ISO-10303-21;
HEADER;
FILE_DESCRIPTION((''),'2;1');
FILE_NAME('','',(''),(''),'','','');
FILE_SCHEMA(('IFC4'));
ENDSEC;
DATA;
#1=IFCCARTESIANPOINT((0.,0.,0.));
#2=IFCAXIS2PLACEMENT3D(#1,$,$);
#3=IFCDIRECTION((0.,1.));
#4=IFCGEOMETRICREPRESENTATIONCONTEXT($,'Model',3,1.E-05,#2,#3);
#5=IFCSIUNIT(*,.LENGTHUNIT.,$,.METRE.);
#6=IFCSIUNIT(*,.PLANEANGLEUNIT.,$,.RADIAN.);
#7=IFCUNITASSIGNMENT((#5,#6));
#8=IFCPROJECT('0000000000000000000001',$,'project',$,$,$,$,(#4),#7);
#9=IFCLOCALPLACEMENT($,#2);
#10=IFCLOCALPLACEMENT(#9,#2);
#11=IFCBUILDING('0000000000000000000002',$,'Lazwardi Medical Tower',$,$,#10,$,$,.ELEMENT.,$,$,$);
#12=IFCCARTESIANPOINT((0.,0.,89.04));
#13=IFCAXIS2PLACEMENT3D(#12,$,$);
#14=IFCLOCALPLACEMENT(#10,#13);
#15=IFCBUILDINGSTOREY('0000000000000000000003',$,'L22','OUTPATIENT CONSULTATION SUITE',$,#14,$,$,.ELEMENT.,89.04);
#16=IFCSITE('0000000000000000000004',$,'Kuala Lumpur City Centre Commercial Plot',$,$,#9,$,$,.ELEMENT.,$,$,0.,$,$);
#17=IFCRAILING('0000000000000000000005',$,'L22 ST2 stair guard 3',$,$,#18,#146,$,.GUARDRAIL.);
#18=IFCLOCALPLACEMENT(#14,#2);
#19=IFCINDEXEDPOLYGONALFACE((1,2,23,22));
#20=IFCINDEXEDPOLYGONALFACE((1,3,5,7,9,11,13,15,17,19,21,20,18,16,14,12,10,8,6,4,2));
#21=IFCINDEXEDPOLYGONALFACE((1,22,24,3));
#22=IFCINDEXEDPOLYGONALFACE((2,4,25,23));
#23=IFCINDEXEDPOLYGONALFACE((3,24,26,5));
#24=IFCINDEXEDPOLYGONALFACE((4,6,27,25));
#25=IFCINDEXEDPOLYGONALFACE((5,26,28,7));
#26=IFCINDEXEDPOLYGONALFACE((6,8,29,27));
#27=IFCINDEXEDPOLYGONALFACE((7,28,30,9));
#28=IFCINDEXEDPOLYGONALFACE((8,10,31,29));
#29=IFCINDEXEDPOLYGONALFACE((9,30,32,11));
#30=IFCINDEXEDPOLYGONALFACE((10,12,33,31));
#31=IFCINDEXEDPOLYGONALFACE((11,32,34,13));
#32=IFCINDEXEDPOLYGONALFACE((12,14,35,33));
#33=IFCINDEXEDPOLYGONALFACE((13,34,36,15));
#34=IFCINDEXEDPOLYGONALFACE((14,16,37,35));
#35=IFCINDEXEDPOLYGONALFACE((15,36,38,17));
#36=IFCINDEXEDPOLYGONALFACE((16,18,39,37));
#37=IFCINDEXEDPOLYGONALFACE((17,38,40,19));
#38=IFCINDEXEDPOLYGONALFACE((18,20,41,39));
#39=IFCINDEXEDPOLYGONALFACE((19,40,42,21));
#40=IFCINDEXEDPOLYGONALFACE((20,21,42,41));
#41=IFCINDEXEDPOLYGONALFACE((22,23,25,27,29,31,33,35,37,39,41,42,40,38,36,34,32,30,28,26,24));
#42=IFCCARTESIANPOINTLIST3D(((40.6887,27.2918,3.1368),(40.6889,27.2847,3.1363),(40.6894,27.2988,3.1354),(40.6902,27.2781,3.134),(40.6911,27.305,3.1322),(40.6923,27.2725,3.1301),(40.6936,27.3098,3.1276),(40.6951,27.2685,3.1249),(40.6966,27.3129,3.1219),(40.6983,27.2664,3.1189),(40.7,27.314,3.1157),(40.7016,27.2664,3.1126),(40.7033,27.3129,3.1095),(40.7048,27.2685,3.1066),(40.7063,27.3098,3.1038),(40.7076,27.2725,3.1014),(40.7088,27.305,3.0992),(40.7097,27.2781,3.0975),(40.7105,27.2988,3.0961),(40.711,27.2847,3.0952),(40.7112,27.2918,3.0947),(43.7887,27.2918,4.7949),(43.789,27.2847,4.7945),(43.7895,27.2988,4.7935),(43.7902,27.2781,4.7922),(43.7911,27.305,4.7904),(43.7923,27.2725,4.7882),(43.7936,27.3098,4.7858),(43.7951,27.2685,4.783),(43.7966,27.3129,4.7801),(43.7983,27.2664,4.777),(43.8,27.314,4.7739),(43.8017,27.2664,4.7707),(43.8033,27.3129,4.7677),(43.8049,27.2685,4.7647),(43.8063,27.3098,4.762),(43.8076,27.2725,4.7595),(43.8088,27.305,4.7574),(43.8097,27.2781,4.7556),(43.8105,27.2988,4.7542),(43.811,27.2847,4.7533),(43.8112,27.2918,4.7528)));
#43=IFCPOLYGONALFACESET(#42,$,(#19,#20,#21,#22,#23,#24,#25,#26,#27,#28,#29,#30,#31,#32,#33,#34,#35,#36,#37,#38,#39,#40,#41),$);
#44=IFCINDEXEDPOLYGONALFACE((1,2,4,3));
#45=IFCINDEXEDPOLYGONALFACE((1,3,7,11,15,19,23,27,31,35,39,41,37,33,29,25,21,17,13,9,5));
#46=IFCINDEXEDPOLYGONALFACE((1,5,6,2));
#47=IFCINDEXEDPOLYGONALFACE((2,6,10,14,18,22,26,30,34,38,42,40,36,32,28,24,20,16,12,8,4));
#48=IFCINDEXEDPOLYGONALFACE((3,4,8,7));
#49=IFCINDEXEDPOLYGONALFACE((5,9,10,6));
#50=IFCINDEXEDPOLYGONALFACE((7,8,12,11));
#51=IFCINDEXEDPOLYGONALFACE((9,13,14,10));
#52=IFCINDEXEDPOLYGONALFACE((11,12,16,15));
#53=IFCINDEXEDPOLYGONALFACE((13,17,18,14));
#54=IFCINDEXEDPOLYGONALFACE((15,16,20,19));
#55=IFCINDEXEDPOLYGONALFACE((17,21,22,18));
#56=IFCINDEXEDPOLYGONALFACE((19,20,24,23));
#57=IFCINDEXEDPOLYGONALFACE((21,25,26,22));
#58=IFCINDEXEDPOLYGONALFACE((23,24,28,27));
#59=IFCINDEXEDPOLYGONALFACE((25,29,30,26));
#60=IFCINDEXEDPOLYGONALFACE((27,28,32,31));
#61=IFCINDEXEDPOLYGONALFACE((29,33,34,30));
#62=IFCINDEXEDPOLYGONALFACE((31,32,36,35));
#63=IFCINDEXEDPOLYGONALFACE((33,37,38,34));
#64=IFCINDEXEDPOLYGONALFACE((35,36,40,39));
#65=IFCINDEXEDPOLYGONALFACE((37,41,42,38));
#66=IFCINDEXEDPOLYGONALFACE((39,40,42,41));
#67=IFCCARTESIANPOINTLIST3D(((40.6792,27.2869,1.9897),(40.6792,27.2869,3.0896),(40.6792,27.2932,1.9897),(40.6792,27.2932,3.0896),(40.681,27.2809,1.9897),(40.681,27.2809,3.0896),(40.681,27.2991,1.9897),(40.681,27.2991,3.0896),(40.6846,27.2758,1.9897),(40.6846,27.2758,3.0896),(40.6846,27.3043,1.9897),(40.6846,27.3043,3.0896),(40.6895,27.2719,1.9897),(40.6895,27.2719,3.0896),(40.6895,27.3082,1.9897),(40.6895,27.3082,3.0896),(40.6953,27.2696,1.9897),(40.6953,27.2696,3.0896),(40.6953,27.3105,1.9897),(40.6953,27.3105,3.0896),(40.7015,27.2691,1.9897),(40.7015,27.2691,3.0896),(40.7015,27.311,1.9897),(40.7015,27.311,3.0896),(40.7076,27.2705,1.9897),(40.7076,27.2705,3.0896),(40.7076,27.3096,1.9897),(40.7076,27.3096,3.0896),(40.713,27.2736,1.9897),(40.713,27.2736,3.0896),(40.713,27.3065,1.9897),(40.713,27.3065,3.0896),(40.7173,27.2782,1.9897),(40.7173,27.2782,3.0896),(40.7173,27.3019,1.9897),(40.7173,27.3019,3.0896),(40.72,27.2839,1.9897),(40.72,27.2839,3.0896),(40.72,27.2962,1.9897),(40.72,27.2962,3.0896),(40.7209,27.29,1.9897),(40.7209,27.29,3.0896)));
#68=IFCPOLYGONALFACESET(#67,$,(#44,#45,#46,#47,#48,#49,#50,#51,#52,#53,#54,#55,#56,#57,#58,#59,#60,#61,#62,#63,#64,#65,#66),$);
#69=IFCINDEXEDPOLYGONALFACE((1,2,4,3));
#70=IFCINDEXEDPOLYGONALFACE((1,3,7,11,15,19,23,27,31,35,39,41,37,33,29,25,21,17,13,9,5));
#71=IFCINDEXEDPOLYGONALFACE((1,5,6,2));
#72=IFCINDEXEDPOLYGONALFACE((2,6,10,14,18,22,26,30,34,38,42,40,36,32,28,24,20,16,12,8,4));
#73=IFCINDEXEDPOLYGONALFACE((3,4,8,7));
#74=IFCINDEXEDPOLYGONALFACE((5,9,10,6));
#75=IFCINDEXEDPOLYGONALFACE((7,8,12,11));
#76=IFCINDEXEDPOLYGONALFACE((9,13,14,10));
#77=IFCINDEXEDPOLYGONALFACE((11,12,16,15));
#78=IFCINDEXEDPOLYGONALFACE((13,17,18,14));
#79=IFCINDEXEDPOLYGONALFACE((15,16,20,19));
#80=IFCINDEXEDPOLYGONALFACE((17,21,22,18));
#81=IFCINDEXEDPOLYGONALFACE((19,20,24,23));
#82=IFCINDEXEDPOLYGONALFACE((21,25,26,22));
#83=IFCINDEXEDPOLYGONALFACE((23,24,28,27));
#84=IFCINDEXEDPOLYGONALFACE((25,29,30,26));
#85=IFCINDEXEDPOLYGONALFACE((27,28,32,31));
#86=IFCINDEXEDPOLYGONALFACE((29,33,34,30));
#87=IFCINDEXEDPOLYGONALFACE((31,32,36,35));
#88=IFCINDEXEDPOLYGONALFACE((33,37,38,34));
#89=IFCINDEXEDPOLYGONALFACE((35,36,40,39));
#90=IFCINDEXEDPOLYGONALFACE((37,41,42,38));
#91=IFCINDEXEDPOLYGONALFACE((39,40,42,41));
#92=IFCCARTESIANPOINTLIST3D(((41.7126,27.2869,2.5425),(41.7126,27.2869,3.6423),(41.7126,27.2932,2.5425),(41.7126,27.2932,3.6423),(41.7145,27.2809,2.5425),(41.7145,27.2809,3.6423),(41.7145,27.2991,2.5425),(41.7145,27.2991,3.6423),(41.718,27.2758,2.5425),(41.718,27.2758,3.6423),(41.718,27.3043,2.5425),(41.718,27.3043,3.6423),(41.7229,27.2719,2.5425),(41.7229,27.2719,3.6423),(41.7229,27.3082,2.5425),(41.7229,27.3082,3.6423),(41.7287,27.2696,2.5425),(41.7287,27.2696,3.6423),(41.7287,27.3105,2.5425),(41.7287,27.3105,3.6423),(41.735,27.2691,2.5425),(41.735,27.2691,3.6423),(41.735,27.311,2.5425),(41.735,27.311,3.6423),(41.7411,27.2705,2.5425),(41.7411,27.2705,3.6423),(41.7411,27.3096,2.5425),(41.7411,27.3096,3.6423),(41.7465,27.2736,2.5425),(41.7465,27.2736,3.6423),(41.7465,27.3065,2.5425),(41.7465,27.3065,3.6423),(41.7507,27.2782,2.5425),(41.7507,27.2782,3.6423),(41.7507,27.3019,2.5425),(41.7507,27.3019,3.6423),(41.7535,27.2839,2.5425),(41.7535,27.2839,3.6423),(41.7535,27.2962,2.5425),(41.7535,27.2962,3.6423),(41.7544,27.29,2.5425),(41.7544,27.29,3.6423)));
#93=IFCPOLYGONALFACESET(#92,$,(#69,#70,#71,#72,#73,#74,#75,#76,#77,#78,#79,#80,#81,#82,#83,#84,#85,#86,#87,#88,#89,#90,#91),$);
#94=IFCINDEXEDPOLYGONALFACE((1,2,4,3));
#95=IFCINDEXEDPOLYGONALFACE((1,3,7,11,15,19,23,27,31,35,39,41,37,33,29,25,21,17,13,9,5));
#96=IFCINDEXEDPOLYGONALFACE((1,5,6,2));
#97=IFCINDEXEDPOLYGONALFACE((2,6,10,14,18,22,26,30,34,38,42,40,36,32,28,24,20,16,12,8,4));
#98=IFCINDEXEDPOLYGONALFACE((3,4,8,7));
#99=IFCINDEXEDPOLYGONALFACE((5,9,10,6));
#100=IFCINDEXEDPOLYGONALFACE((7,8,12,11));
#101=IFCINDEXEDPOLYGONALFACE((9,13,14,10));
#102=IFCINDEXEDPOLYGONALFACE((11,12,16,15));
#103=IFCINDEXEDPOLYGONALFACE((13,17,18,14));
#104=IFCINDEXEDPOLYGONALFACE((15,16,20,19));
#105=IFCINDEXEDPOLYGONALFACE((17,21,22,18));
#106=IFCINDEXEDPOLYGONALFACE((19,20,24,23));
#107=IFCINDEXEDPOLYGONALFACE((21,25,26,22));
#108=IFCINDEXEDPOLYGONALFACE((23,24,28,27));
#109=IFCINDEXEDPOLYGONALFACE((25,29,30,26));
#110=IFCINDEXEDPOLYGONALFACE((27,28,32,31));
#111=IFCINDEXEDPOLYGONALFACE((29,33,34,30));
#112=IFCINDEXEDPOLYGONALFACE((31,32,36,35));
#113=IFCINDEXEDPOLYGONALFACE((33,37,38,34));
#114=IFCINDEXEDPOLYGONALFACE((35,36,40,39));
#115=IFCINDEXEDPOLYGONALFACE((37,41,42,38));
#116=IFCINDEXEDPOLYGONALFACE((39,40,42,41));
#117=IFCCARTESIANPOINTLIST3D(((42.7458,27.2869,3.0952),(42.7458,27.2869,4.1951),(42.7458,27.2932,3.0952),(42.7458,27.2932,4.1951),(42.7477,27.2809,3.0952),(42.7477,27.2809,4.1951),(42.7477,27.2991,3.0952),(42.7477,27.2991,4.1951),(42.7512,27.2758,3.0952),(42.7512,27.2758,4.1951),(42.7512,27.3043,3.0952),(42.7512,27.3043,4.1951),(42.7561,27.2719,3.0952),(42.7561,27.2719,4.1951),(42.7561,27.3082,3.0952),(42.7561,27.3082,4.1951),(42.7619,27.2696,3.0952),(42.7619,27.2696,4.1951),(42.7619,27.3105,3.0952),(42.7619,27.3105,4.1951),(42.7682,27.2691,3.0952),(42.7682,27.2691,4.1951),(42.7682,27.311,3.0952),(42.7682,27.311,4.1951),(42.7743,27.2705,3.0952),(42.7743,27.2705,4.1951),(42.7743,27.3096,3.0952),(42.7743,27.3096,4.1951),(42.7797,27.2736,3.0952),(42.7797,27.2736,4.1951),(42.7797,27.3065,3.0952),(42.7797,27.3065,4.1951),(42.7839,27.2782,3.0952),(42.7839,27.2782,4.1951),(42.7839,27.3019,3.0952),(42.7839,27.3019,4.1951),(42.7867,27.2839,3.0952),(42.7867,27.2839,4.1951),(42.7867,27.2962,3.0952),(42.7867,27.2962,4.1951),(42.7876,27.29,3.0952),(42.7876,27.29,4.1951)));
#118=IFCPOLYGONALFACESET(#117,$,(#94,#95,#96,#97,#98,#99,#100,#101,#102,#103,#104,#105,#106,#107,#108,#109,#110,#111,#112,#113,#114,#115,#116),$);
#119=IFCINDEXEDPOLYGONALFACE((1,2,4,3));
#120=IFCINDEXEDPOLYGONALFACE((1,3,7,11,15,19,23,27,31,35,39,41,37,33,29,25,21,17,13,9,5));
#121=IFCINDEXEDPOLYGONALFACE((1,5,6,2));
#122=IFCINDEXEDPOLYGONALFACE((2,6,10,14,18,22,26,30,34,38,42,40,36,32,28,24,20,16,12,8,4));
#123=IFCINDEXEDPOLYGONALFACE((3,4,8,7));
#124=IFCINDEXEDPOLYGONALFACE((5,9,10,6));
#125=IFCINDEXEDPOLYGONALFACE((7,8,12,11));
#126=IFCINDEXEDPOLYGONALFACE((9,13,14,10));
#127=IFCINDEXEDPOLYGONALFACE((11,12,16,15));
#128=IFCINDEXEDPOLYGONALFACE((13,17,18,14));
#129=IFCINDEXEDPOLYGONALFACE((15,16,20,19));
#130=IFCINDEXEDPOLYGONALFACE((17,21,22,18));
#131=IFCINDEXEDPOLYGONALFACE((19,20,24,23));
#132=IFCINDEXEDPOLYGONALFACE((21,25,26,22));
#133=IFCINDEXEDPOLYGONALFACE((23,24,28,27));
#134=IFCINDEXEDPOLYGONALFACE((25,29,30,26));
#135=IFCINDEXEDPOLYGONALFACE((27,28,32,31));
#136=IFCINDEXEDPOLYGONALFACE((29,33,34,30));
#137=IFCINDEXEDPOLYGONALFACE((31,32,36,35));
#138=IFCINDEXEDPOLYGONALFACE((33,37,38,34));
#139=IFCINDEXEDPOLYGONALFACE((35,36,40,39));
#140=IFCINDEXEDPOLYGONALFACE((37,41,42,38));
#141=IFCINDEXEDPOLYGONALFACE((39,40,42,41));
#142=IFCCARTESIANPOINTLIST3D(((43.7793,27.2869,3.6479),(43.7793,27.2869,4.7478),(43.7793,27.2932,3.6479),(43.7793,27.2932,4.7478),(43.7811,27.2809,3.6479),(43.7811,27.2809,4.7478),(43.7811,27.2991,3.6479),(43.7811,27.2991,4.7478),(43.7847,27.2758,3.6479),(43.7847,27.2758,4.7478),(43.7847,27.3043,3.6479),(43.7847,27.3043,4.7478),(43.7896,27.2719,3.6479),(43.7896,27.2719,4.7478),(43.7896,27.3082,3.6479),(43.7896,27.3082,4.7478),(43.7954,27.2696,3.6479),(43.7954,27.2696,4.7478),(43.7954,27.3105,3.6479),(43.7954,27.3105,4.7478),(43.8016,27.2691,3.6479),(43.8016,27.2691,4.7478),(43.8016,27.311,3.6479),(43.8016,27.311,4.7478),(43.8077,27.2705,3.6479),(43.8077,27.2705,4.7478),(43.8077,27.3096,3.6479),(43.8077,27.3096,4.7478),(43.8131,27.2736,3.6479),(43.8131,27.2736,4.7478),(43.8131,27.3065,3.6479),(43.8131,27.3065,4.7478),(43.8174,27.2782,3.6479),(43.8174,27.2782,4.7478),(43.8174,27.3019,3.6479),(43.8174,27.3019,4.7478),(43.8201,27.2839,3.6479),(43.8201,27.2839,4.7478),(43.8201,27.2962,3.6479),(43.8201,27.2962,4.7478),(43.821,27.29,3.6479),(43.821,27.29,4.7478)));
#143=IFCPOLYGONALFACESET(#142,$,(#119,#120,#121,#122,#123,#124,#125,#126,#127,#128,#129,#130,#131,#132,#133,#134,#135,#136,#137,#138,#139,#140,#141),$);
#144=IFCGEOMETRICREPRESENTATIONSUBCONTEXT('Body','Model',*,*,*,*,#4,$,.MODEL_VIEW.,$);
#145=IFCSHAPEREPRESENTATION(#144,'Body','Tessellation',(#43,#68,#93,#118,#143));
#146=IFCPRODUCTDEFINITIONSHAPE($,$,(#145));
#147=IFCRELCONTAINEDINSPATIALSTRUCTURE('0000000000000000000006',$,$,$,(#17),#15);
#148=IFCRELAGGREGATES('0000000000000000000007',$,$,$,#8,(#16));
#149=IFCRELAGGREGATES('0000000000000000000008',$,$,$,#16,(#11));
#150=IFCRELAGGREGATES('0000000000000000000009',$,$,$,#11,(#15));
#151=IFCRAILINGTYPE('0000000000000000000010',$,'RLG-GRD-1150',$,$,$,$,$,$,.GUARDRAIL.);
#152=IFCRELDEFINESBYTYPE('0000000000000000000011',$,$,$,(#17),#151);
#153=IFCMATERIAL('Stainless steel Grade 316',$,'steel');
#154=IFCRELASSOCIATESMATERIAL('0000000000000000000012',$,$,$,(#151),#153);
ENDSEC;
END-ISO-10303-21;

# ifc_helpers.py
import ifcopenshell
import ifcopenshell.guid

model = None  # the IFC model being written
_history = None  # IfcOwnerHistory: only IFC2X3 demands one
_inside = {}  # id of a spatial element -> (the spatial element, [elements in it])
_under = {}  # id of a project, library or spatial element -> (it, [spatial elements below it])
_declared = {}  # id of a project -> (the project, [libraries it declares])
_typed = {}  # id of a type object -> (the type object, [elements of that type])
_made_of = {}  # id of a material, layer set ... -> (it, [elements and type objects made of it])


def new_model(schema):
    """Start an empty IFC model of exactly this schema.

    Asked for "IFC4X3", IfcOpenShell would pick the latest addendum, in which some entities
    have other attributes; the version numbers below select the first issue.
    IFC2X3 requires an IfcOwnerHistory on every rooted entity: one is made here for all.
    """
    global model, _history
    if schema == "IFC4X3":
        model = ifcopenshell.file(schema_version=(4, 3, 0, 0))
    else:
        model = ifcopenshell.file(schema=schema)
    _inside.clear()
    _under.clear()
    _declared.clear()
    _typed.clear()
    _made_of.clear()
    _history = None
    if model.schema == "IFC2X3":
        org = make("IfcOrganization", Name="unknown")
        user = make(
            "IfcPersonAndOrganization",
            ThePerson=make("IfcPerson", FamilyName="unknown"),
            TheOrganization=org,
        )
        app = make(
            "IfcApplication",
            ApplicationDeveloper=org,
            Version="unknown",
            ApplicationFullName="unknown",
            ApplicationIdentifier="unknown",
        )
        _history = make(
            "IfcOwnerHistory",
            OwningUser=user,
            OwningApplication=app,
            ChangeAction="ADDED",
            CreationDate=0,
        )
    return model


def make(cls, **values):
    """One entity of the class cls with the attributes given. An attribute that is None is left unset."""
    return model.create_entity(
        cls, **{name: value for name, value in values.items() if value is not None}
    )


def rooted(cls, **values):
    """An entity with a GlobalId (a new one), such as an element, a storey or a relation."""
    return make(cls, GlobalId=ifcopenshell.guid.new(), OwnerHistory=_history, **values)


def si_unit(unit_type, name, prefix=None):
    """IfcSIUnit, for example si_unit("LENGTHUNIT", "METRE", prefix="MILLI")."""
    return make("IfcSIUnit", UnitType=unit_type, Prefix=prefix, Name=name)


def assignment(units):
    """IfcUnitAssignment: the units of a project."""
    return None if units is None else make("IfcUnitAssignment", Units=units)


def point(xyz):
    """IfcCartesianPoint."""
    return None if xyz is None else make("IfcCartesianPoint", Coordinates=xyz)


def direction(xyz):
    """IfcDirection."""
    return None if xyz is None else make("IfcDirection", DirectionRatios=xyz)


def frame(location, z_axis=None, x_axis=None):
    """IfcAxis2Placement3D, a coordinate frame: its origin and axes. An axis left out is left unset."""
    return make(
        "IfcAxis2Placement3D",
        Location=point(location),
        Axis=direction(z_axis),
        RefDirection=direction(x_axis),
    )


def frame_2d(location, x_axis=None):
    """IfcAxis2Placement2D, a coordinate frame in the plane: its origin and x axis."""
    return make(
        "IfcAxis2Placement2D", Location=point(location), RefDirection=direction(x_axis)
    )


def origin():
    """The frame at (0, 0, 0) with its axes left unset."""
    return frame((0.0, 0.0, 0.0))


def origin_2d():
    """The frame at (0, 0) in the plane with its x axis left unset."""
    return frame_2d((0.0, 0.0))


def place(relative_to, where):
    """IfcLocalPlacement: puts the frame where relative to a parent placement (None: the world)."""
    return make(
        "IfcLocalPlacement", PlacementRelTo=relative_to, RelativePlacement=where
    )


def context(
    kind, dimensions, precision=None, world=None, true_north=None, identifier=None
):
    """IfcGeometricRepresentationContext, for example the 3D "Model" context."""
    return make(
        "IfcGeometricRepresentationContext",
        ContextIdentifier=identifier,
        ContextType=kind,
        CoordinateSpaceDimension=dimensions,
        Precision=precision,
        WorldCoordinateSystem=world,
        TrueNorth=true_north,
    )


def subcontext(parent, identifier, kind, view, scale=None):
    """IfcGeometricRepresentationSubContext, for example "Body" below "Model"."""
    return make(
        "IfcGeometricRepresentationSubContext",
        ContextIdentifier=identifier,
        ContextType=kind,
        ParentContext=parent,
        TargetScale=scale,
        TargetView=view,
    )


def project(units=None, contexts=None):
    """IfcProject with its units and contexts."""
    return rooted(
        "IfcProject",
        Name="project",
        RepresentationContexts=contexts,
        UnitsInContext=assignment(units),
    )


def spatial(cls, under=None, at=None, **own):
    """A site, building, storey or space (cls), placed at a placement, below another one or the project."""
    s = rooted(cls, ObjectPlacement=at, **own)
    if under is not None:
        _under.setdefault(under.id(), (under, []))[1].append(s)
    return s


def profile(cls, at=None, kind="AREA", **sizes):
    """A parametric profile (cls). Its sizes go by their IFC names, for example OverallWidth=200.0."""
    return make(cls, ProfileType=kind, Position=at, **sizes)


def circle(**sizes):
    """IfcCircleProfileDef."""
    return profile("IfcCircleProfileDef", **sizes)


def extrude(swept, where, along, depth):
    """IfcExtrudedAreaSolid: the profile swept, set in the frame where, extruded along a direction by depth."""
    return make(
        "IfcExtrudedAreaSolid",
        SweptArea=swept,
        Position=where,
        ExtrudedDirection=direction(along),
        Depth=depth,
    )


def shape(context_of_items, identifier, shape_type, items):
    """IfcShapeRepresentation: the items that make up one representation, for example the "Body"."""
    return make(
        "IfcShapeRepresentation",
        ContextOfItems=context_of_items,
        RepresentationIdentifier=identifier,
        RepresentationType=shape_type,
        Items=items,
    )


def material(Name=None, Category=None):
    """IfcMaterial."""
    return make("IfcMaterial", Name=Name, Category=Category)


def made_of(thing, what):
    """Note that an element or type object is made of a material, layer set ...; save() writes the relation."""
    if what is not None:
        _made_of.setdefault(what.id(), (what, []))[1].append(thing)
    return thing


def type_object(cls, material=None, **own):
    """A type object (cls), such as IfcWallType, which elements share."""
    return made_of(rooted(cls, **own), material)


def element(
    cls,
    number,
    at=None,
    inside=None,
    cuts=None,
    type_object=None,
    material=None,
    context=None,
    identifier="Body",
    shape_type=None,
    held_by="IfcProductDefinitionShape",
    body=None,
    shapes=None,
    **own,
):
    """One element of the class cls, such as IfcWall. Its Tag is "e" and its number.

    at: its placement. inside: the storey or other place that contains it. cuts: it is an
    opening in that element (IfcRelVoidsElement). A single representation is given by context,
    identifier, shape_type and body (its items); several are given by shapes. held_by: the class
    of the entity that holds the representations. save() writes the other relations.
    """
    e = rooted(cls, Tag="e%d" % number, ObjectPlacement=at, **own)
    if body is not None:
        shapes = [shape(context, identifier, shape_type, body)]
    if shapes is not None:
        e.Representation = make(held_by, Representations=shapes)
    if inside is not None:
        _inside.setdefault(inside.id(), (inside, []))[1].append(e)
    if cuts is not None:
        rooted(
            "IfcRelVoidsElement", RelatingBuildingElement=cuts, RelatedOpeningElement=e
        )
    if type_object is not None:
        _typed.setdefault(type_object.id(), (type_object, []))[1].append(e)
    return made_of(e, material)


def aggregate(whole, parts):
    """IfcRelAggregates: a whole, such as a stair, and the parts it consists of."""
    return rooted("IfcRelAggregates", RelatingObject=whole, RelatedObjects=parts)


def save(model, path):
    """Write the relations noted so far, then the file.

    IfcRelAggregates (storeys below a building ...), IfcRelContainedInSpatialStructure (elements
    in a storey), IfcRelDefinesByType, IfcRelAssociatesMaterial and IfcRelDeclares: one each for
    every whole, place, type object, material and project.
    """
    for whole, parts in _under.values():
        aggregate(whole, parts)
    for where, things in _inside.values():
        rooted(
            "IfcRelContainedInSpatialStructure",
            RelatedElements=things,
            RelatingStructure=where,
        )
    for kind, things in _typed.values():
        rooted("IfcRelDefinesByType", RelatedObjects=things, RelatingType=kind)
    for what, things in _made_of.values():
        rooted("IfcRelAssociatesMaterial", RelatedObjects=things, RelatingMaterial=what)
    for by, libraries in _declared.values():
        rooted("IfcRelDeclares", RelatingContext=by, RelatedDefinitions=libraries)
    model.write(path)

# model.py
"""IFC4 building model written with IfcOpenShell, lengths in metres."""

from ifc_helpers import new_model, si_unit, direction, frame, origin, origin_2d, place, context, subcontext, project, spatial, circle, extrude, material, type_object, element, save


model = new_model("IFC4")

# Units and contexts
model_context = context("Model", 3, precision=1e-05, world=origin(), true_north=direction((0.0, 1.0)))
body_context = subcontext(model_context, "Body", "Model", "MODEL_VIEW")
ifc_project = project(units=[si_unit("LENGTHUNIT", "METRE"), si_unit("PLANEANGLEUNIT", "RADIAN")], contexts=[model_context])

# Site, building, storey
site_placement = place(None, origin())
site = spatial("IfcSite", under=ifc_project, at=site_placement, Name="Kuala Lumpur City Centre Commercial Plot", CompositionType="ELEMENT", RefElevation=0.0)
building_placement = place(site_placement, origin())
building = spatial("IfcBuilding", under=site, at=building_placement, Name="Lazwardi Medical Tower", CompositionType="ELEMENT")
storey_placement = place(building_placement, frame((0.0, 0.0, 89.04)))
storey = spatial("IfcBuildingStorey", under=building, at=storey_placement, Name="L22", Description="OUTPATIENT CONSULTATION SUITE", CompositionType="ELEMENT", Elevation=89.04)

# Railing
ifc_material_1 = material(Name="Stainless steel Grade 316", Category="steel")
railing_type_1 = type_object("IfcRailingType", Name="RLG-GRD-1150", PredefinedType="GUARDRAIL", material=ifc_material_1)
railing_1_placement = place(storey_placement, frame((40.7, 27.29, 1.9897)))
element("IfcRailing", 1, at=railing_1_placement, inside=storey, type_object=railing_type_1, Name="L22 ST2 stair guard 3", PredefinedType="GUARDRAIL", context=body_context, shape_type="SweptSolid", body=[
    extrude(circle(Radius=0.0239, at=origin_2d()), frame((0.0, 0.0, 1.126), z_axis=(0.881783, 0.0, 0.471655), x_axis=(0.0, 1.0, 0.0)), (0.0, 0.0, 1.0), 3.5156),
    extrude(circle(Radius=0.021, at=origin_2d()), origin(), (0.0, 0.0, 1.0), 1.0999),
    extrude(circle(Radius=0.021, at=origin_2d()), frame((1.0334, 0.0, 0.5527)), (0.0, 0.0, 1.0), 1.0999),
    extrude(circle(Radius=0.021, at=origin_2d()), frame((2.0667, 0.0, 1.1055)), (0.0, 0.0, 1.0), 1.0999),
    extrude(circle(Radius=0.021, at=origin_2d()), frame((3.1001, 0.0, 1.6582)), (0.0, 0.0, 1.0), 1.0999),
])

save(model, "model.ifc")
